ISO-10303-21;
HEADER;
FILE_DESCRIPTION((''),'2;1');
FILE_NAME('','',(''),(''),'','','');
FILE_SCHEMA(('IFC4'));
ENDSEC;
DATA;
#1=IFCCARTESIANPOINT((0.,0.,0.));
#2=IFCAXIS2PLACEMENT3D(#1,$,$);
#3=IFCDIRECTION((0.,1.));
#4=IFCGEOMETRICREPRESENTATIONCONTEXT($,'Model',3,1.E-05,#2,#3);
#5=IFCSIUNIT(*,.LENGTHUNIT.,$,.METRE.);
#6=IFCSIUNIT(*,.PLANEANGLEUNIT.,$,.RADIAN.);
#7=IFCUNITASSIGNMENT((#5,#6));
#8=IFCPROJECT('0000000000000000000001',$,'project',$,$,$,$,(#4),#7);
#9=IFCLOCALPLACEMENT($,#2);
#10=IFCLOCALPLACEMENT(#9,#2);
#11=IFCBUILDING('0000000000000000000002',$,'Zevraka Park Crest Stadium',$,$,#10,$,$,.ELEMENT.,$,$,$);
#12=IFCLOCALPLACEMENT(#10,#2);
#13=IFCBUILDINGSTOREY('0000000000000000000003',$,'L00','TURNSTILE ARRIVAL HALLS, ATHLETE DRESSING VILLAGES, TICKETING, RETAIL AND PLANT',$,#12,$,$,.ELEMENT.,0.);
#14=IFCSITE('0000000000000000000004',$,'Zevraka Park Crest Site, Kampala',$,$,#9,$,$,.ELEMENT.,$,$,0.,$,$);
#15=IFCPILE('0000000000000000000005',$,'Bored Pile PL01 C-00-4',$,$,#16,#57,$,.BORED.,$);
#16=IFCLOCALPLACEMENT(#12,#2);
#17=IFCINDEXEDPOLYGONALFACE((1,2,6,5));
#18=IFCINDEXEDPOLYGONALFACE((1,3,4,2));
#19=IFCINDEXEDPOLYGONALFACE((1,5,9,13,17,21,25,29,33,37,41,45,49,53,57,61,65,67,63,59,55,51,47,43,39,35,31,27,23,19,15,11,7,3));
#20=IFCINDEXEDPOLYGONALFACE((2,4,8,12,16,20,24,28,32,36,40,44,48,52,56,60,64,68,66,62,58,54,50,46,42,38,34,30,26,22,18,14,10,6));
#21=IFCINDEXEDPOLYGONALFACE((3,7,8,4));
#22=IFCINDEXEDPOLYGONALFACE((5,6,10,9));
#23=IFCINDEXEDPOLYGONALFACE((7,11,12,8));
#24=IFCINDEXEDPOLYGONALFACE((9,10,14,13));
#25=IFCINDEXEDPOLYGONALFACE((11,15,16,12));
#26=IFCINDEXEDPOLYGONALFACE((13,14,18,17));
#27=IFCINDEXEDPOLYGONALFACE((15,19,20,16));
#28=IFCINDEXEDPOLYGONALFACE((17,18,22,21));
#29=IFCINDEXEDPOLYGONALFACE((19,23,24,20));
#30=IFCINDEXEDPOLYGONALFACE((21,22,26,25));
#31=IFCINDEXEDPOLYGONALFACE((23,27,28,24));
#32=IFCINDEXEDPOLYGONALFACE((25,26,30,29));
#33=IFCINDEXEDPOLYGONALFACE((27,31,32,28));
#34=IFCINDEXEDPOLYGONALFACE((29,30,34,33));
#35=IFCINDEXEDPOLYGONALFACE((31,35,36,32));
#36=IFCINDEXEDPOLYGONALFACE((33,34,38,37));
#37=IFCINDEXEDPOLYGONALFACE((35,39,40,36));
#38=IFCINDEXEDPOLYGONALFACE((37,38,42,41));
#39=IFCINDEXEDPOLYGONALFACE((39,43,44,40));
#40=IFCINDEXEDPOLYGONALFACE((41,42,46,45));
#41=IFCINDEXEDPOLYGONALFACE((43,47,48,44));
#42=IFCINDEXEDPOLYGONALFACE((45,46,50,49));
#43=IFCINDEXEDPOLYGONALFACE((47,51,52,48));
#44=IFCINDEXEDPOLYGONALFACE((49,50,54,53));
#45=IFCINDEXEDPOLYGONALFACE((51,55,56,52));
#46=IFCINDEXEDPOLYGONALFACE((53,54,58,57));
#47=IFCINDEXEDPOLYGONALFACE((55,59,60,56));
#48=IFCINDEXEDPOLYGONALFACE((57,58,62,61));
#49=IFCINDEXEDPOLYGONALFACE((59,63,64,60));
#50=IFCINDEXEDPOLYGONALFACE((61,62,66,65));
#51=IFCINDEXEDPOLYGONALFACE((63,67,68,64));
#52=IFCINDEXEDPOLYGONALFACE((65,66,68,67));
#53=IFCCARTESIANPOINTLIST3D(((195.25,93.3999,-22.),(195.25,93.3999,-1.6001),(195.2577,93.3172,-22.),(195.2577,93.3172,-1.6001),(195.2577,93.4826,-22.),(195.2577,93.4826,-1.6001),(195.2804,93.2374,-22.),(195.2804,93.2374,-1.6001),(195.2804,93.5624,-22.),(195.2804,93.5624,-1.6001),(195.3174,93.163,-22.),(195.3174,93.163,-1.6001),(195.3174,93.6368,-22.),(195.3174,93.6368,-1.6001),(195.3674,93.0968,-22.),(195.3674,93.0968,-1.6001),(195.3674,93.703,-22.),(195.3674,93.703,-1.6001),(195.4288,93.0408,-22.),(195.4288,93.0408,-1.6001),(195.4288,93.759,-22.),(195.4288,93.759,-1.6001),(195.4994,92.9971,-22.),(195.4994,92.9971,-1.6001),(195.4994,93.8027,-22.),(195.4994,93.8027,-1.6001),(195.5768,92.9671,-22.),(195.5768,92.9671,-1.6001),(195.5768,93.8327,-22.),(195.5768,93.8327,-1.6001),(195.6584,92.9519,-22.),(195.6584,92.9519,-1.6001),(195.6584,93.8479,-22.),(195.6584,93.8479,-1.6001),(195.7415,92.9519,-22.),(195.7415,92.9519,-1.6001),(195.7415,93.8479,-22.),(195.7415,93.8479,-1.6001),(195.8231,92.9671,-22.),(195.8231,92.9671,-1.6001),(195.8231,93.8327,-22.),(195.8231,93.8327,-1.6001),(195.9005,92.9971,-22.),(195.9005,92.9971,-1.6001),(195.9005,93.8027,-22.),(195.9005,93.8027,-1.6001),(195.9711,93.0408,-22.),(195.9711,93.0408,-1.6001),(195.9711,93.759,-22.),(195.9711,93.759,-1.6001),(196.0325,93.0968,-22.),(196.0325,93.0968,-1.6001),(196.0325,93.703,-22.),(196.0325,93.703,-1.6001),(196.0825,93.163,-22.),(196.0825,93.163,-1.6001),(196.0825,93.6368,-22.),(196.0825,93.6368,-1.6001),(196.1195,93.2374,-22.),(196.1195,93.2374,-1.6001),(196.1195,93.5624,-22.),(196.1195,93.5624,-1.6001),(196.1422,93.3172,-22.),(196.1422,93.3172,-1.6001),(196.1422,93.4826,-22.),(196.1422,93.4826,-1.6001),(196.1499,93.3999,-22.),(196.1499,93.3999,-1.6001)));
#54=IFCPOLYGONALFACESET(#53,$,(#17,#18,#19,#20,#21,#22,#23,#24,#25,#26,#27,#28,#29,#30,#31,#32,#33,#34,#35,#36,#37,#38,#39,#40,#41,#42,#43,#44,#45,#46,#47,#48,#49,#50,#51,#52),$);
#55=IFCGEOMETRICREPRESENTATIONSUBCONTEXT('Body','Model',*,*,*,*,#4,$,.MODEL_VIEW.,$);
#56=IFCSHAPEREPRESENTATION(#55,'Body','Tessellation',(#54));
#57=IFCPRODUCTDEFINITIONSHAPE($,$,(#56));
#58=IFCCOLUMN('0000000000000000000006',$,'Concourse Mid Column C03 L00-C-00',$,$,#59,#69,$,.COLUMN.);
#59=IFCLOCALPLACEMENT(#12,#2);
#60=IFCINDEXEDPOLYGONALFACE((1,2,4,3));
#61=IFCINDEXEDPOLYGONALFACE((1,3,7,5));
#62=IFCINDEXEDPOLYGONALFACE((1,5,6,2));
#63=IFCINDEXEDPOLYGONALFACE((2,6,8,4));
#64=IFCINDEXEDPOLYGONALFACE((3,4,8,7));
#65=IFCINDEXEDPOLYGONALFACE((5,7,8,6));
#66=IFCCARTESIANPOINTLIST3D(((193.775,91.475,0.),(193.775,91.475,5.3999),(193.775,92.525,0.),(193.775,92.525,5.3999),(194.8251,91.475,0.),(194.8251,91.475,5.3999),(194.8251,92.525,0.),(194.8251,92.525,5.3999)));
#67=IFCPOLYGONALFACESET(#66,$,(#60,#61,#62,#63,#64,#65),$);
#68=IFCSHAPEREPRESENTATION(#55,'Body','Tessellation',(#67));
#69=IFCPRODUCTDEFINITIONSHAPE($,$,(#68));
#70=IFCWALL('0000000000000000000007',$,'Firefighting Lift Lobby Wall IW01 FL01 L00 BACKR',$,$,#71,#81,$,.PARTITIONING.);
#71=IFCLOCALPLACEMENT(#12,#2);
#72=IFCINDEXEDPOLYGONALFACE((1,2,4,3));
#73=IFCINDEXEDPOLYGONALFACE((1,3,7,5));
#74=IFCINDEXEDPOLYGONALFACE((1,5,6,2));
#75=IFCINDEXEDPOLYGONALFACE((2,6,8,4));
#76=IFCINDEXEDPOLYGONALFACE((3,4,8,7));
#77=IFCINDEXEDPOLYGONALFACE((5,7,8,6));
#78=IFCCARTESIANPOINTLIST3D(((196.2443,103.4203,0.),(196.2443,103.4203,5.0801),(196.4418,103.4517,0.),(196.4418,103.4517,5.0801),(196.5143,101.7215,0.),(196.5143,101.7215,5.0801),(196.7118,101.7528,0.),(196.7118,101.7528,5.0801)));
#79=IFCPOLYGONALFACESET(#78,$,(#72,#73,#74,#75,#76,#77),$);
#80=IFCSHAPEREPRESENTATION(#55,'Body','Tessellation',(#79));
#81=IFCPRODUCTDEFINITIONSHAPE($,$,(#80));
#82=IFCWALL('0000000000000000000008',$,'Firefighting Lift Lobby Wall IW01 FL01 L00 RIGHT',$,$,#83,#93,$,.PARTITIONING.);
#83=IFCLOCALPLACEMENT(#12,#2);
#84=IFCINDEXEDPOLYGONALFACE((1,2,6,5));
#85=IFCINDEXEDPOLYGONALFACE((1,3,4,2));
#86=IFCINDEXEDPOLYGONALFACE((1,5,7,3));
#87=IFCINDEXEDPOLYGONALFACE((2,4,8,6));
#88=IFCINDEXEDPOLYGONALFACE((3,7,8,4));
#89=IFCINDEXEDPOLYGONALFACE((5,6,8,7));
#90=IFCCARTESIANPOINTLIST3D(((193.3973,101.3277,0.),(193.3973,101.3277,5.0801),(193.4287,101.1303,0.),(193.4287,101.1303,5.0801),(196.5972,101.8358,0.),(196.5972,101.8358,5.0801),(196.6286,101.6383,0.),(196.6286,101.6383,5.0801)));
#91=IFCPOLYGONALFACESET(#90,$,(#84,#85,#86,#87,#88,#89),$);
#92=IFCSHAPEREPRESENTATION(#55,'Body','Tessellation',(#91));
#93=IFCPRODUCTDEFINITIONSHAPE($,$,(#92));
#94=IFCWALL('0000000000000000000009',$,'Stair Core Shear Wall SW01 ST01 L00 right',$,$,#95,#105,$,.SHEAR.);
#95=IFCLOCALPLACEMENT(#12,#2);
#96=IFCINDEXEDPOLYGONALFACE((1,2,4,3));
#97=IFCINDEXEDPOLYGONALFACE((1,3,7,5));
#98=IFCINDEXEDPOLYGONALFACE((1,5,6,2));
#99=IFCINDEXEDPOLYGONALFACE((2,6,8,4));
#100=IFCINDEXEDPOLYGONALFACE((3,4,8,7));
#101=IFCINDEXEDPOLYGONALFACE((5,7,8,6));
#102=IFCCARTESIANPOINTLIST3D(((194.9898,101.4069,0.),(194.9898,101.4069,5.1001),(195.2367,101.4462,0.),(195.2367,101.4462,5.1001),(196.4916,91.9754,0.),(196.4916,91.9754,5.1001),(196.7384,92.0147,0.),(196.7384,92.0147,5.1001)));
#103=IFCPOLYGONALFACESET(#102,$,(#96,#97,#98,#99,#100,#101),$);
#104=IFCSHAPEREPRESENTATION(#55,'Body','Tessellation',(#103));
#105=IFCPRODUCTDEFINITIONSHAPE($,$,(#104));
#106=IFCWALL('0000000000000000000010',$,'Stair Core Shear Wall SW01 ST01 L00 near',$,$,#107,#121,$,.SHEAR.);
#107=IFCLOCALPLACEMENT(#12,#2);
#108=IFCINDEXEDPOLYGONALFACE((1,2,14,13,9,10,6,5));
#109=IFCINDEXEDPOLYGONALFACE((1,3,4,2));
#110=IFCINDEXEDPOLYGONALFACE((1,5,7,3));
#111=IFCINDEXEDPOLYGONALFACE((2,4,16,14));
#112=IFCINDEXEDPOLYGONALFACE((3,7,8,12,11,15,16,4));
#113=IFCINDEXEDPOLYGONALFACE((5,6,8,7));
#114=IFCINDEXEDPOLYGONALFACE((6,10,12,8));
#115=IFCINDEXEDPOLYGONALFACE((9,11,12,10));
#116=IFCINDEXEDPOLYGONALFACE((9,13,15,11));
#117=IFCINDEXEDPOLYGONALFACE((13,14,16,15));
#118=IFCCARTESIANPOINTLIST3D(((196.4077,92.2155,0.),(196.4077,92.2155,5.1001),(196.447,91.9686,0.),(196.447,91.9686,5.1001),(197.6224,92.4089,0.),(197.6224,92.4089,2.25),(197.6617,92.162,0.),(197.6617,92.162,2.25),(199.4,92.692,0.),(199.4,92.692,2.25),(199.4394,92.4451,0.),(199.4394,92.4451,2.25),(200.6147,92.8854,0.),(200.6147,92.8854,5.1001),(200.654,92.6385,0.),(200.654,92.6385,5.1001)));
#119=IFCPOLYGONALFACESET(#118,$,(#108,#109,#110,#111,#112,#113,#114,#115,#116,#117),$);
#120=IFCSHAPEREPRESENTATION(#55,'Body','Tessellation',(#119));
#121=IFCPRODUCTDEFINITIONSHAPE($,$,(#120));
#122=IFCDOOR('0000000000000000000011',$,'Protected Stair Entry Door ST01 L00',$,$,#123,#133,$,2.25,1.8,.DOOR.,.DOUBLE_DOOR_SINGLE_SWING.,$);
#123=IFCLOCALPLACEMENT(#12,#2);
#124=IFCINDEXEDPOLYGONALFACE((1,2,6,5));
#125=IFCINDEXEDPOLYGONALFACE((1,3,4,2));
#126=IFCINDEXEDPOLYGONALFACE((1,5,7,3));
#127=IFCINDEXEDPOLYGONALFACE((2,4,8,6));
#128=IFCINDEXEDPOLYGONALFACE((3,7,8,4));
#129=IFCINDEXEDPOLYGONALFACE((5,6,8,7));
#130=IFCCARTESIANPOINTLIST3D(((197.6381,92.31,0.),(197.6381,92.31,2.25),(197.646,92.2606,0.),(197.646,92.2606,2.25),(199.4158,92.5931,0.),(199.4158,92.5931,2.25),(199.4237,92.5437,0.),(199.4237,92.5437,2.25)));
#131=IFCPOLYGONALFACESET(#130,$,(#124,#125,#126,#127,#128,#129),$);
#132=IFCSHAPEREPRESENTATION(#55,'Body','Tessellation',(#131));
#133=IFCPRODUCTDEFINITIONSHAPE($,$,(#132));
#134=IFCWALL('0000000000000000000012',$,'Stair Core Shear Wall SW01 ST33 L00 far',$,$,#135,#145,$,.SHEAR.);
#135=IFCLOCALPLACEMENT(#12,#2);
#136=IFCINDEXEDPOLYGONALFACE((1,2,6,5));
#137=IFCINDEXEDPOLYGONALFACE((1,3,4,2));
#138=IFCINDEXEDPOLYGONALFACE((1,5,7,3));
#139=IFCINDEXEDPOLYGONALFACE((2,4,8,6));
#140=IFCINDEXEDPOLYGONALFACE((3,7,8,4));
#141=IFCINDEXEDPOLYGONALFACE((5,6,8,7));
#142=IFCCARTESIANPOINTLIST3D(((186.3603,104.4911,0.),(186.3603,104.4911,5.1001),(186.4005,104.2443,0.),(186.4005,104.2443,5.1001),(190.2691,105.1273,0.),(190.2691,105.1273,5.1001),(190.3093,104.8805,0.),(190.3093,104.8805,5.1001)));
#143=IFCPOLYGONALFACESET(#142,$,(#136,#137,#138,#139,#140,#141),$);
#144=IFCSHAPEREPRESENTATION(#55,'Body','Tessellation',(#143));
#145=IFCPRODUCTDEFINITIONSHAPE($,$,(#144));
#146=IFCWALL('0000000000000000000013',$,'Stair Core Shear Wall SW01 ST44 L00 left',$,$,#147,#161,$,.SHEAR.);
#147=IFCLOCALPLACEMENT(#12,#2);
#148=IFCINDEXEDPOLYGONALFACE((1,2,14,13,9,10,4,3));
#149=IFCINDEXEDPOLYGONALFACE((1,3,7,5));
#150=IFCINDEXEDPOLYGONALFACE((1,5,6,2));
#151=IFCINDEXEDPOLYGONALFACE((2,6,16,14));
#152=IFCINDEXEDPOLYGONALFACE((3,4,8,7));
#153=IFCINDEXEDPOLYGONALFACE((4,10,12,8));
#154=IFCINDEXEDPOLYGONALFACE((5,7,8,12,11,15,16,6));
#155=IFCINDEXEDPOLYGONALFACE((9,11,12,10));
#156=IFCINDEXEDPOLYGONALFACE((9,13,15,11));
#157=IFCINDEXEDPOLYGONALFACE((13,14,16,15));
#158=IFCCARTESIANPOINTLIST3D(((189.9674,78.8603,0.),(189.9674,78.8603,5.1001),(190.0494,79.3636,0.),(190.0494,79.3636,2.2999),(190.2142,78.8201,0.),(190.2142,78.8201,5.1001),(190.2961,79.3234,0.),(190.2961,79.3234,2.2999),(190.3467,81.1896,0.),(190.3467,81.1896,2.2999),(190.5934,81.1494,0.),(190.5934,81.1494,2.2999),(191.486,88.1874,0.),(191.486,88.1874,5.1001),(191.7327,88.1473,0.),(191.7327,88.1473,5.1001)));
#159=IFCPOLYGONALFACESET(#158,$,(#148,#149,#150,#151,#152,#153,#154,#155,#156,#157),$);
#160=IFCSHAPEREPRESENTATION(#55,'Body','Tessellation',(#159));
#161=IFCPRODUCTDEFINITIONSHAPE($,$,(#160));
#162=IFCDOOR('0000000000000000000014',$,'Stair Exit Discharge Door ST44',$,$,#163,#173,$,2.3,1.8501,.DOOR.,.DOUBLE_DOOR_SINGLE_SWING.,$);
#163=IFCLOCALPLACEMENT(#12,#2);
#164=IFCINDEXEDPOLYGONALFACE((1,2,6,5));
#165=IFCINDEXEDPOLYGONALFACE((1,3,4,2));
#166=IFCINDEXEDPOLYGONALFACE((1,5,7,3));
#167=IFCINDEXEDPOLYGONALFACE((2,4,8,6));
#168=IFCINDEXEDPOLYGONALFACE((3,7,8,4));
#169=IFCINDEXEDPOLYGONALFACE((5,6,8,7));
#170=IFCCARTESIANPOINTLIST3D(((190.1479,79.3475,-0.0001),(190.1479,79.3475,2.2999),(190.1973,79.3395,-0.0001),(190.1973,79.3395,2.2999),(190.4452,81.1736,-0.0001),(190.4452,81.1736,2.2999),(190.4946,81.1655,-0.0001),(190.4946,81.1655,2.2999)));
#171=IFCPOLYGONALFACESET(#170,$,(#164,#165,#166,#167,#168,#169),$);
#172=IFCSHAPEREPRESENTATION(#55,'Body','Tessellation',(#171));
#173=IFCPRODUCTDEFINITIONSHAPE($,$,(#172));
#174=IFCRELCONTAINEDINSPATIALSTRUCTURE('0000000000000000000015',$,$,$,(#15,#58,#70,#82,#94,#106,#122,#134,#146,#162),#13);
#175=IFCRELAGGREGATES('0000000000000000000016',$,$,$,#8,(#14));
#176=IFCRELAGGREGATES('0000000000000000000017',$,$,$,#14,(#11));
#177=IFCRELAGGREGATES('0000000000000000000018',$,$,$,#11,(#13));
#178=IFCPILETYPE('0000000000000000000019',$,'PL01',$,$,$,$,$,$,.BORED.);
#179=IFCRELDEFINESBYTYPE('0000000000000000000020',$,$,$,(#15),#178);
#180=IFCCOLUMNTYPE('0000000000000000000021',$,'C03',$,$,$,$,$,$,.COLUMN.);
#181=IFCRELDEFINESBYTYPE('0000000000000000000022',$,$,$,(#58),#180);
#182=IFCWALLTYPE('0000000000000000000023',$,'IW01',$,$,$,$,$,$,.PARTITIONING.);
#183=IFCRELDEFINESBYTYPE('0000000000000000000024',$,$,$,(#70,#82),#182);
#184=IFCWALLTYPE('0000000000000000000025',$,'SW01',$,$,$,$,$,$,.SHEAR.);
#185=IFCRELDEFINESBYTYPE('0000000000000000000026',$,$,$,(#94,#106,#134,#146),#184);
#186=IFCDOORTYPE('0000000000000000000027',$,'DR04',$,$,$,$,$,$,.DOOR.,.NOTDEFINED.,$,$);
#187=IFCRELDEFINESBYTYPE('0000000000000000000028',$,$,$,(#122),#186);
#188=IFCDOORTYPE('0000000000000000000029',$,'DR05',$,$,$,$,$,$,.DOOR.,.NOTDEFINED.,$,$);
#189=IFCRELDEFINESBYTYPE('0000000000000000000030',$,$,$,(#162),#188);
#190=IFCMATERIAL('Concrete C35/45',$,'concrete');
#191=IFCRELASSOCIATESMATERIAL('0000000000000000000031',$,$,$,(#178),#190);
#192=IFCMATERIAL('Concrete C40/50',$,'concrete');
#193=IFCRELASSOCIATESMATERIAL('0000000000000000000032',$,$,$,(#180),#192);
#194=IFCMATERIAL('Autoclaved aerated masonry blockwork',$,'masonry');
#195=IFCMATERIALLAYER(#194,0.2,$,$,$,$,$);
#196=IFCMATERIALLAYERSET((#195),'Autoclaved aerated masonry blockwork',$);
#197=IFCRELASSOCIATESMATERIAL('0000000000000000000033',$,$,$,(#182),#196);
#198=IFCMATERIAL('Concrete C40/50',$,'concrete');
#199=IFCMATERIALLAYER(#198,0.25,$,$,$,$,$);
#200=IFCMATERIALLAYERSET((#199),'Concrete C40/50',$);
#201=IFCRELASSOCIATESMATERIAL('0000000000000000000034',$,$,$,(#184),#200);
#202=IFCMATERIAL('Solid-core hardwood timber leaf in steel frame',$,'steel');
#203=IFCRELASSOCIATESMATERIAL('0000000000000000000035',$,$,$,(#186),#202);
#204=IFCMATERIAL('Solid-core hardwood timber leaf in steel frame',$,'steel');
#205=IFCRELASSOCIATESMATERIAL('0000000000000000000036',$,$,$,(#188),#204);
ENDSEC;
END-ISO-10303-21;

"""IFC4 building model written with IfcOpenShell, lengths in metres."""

from ifc_helpers import new_model, si_unit, direction, frame, frame_2d, origin, origin_2d, place, context, subcontext, project, spatial, rectangle, circle, extrude, material, layer, layer_set, material_profile, profile_set, type_object, element, fill, save


model = new_model("IFC4")

# Units and contexts
model_context = context("Model", 3, precision=1e-05, world=origin(), true_north=direction((0.0, 1.0)))
body_context = subcontext(model_context, "Body", "Model", "MODEL_VIEW")
ifc_project = project(units=[si_unit("LENGTHUNIT", "METRE"), si_unit("PLANEANGLEUNIT", "RADIAN")], contexts=[model_context])

# Site, building, storey
site_placement = place(None, origin())
site = spatial("IfcSite", under=ifc_project, at=site_placement, Name="Zevraka Park Crest Site, Kampala", CompositionType="ELEMENT", RefElevation=0.0)
building_placement = place(site_placement, origin())
building = spatial("IfcBuilding", under=site, at=building_placement, Name="Zevraka Park Crest Stadium", CompositionType="ELEMENT")
storey_placement = place(building_placement, origin())
storey = spatial("IfcBuildingStorey", under=building, at=storey_placement, Name="L00", Description="TURNSTILE ARRIVAL HALLS, ATHLETE DRESSING VILLAGES, TICKETING, RETAIL AND PLANT", CompositionType="ELEMENT", Elevation=0.0)

# Pile
ifc_material_1 = material(Name="Concrete C35/45", Category="concrete")
ifc_material_profile_1 = material_profile(ifc_material_1, circle(Radius=0.45, at=origin_2d()), Name="PILE D900")
ifc_profile_set_1 = profile_set([ifc_material_profile_1], Name="Concrete C35/45")
pile_type = type_object("IfcPileType", Name="PL01", PredefinedType="BORED", material=ifc_profile_set_1)
for number, where, z_axis, x_axis, name in (
    (1, (195.7, 93.3999, -1.6001), (0.0, 0.0, -1.0), (1.0, 0.0, 0.0), "Bored Pile PL01 C-00-4"),
):
    element("IfcPile", number, at=place(storey_placement, frame(where, z_axis=z_axis, x_axis=x_axis)), inside=storey, type_object=pile_type, Name=name, PredefinedType="BORED", context=body_context, shape_type="SweptSolid", body=[
        extrude(circle(Radius=0.45, at=origin_2d()), origin(), (0.0, 0.0, 1.0), 20.3999),
    ])

# Column
ifc_material_2 = material(Name="Concrete C40/50", Category="concrete")
ifc_material_profile_2 = material_profile(ifc_material_2, rectangle(XDim=1.05, YDim=1.05, at=origin_2d()), Name="RC 1050x1050")
ifc_profile_set_2 = profile_set([ifc_material_profile_2], Name="Concrete C40/50")
column_type = type_object("IfcColumnType", Name="C03", PredefinedType="COLUMN", material=ifc_profile_set_2)
column_placement = place(storey_placement, frame((194.3, 92.0, 0.0), z_axis=(0.0, 0.0, 1.0), x_axis=(1.0, 0.0, 0.0)))
element("IfcColumn", 2, at=column_placement, inside=storey, type_object=column_type, Name="Concourse Mid Column C03 L00-C-00", PredefinedType="COLUMN", context=body_context, shape_type="SweptSolid", body=[
    extrude(rectangle(XDim=1.05, YDim=1.05, at=origin_2d()), origin(), (0.0, 0.0, 1.0), 5.3999),
])

# Walls
ifc_material_3 = material(Name="Autoclaved aerated masonry blockwork", Category="masonry")
ifc_layer_1 = layer(ifc_material_3, 0.2)
ifc_layer_set_1 = layer_set([ifc_layer_1], Name="Autoclaved aerated masonry blockwork")
wall_type_1 = type_object("IfcWallType", Name="IW01", PredefinedType="PARTITIONING", material=ifc_layer_set_1)
wall_1_placement = place(storey_placement, frame((196.343, 103.436, 0.0), z_axis=(0.0, 0.0, 1.0), x_axis=(0.156961, -0.987605, 0.0)))
element("IfcWall", 3, at=wall_1_placement, inside=storey, type_object=wall_type_1, Name="Firefighting Lift Lobby Wall IW01 FL01 L00 BACKR", PredefinedType="PARTITIONING", context=body_context, shape_type="SweptSolid", body=[
    extrude(rectangle(XDim=1.7202, YDim=0.2, at=frame_2d((0.8601, 0.0))), origin(), (0.0, 0.0, 1.0), 5.0801),
])
wall_2_placement = place(storey_placement, frame((196.613, 101.7371, 0.0), z_axis=(0.0, 0.0, 1.0), x_axis=(-0.987629, -0.156806, 0.0)))
element("IfcWall", 4, at=wall_2_placement, inside=storey, type_object=wall_type_1, Name="Firefighting Lift Lobby Wall IW01 FL01 L00 RIGHT", PredefinedType="PARTITIONING", context=body_context, shape_type="SweptSolid", body=[
    extrude(rectangle(XDim=3.24, YDim=0.2, at=frame_2d((1.6201, 0.0))), origin(), (0.0, 0.0, 1.0), 5.0801),
])
ifc_material_4 = material(Name="Concrete C40/50", Category="concrete")
ifc_layer_2 = layer(ifc_material_4, 0.25)
ifc_layer_set_2 = layer_set([ifc_layer_2], Name="Concrete C40/50")
wall_type_2 = type_object("IfcWallType", Name="SW01", PredefinedType="SHEAR", material=ifc_layer_set_2)
wall_3_placement = place(storey_placement, frame((195.1133, 101.4265, 0.0), z_axis=(0.0, 0.0, 1.0), x_axis=(0.157244, -0.98756, 0.0)))
element("IfcWall", 5, at=wall_3_placement, inside=storey, type_object=wall_type_2, Name="Stair Core Shear Wall SW01 ST01 L00 right", PredefinedType="SHEAR", context=body_context, shape_type="SweptSolid", body=[
    extrude(rectangle(XDim=9.5503, YDim=0.25, at=frame_2d((4.7751, 0.0))), origin(), (0.0, 0.0, 1.0), 5.1001),
])

# Wall, opening, door
wall_4_placement = place(storey_placement, frame((196.4275, 92.092, 0.0), z_axis=(0.0, 0.0, 1.0), x_axis=(0.987558, 0.157257, 0.0)))
wall_4 = element("IfcWall", 6, at=wall_4_placement, inside=storey, type_object=wall_type_2, Name="Stair Core Shear Wall SW01 ST01 L00 near", PredefinedType="SHEAR", context=body_context, shape_type="SweptSolid", body=[
    extrude(rectangle(XDim=4.26, YDim=0.25, at=frame_2d((2.1299, 0.0))), origin(), (0.0, 0.0, 1.0), 5.1001),
])
opening_1_placement = place(wall_4_placement, frame((1.23, 0.0, 0.0)))
opening_1 = element("IfcOpeningElement", 7, at=opening_1_placement, cuts=wall_4, PredefinedType="OPENING", context=body_context, shape_type="SweptSolid", body=[
    extrude(rectangle(XDim=1.8, YDim=2.25, at=frame_2d((0.8999, 1.125))), frame((0.0, 0.135, 0.0), z_axis=(0.0, -1.0, 0.0), x_axis=(1.0, 0.0, 0.0)), (0.0, 0.0, 1.0), 0.27),
])
ifc_material_5 = material(Name="Solid-core hardwood timber leaf in steel frame", Category="steel")
door_type_1 = type_object("IfcDoorType", Name="DR04", OperationType="NOTDEFINED", PredefinedType="DOOR", material=ifc_material_5)
door_1_placement = place(opening_1_placement, origin())
door_1 = element("IfcDoor", 8, at=door_1_placement, inside=storey, type_object=door_type_1, Name="Protected Stair Entry Door ST01 L00", OperationType="DOUBLE_DOOR_SINGLE_SWING", OverallHeight=2.25, OverallWidth=1.8, PredefinedType="DOOR", context=body_context, shape_type="SweptSolid", body=[
    extrude(rectangle(XDim=1.8, YDim=2.25, at=frame_2d((0.8999, 1.125))), frame((0.0, 0.0249, 0.0), z_axis=(0.0, -1.0, 0.0), x_axis=(1.0, 0.0, 0.0)), (0.0, 0.0, 1.0), 0.05),
])
fill(opening_1, door_1)

# Wall
wall_5_placement = place(storey_placement, frame((190.2891, 105.0039, 0.0), z_axis=(0.0, 0.0, 1.0), x_axis=(-0.98701, -0.160659, 0.0)))
element("IfcWall", 9, at=wall_5_placement, inside=storey, type_object=wall_type_2, Name="Stair Core Shear Wall SW01 ST33 L00 far", PredefinedType="SHEAR", context=body_context, shape_type="SweptSolid", body=[
    extrude(rectangle(XDim=3.9602, YDim=0.25, at=frame_2d((1.98, 0.0))), origin(), (0.0, 0.0, 1.0), 5.1001),
])

# Wall, opening, door
wall_6_placement = place(storey_placement, frame((191.6094, 88.1675, 0.0), z_axis=(0.0, 0.0, 1.0), x_axis=(-0.160694, -0.987004, 0.0)))
wall_6 = element("IfcWall", 10, at=wall_6_placement, inside=storey, type_object=wall_type_2, Name="Stair Core Shear Wall SW01 ST44 L00 left", PredefinedType="SHEAR", context=body_context, shape_type="SweptSolid", body=[
    extrude(rectangle(XDim=9.45, YDim=0.25, at=frame_2d((4.7251, 0.0))), origin(), (0.0, 0.0, 1.0), 5.1001),
])
opening_2_placement = place(wall_6_placement, frame((7.0901, 0.0, 0.0)))
opening_2 = element("IfcOpeningElement", 11, at=opening_2_placement, cuts=wall_6, PredefinedType="OPENING", context=body_context, shape_type="SweptSolid", body=[
    extrude(rectangle(XDim=1.8501, YDim=2.3, at=frame_2d((0.925, 1.1499))), frame((0.0, 0.135, 0.0), z_axis=(0.0, -1.0, 0.0), x_axis=(1.0, 0.0, 0.0)), (0.0, 0.0, 1.0), 0.27),
])
ifc_material_6 = material(Name="Solid-core hardwood timber leaf in steel frame", Category="steel")
door_type_2 = type_object("IfcDoorType", Name="DR05", OperationType="NOTDEFINED", PredefinedType="DOOR", material=ifc_material_6)
door_2_placement = place(opening_2_placement, origin())
door_2 = element("IfcDoor", 12, at=door_2_placement, inside=storey, type_object=door_type_2, Name="Stair Exit Discharge Door ST44", OperationType="DOUBLE_DOOR_SINGLE_SWING", OverallHeight=2.3, OverallWidth=1.8501, PredefinedType="DOOR", context=body_context, shape_type="SweptSolid", body=[
    extrude(rectangle(XDim=1.8501, YDim=2.3, at=frame_2d((0.925, 1.1499))), frame((0.0, 0.0249, 0.0), z_axis=(0.0, -1.0, 0.0), x_axis=(1.0, 0.0, 0.0)), (0.0, 0.0, 1.0), 0.05),
])
fill(opening_2, door_2)

save(model, "model.ifc")
